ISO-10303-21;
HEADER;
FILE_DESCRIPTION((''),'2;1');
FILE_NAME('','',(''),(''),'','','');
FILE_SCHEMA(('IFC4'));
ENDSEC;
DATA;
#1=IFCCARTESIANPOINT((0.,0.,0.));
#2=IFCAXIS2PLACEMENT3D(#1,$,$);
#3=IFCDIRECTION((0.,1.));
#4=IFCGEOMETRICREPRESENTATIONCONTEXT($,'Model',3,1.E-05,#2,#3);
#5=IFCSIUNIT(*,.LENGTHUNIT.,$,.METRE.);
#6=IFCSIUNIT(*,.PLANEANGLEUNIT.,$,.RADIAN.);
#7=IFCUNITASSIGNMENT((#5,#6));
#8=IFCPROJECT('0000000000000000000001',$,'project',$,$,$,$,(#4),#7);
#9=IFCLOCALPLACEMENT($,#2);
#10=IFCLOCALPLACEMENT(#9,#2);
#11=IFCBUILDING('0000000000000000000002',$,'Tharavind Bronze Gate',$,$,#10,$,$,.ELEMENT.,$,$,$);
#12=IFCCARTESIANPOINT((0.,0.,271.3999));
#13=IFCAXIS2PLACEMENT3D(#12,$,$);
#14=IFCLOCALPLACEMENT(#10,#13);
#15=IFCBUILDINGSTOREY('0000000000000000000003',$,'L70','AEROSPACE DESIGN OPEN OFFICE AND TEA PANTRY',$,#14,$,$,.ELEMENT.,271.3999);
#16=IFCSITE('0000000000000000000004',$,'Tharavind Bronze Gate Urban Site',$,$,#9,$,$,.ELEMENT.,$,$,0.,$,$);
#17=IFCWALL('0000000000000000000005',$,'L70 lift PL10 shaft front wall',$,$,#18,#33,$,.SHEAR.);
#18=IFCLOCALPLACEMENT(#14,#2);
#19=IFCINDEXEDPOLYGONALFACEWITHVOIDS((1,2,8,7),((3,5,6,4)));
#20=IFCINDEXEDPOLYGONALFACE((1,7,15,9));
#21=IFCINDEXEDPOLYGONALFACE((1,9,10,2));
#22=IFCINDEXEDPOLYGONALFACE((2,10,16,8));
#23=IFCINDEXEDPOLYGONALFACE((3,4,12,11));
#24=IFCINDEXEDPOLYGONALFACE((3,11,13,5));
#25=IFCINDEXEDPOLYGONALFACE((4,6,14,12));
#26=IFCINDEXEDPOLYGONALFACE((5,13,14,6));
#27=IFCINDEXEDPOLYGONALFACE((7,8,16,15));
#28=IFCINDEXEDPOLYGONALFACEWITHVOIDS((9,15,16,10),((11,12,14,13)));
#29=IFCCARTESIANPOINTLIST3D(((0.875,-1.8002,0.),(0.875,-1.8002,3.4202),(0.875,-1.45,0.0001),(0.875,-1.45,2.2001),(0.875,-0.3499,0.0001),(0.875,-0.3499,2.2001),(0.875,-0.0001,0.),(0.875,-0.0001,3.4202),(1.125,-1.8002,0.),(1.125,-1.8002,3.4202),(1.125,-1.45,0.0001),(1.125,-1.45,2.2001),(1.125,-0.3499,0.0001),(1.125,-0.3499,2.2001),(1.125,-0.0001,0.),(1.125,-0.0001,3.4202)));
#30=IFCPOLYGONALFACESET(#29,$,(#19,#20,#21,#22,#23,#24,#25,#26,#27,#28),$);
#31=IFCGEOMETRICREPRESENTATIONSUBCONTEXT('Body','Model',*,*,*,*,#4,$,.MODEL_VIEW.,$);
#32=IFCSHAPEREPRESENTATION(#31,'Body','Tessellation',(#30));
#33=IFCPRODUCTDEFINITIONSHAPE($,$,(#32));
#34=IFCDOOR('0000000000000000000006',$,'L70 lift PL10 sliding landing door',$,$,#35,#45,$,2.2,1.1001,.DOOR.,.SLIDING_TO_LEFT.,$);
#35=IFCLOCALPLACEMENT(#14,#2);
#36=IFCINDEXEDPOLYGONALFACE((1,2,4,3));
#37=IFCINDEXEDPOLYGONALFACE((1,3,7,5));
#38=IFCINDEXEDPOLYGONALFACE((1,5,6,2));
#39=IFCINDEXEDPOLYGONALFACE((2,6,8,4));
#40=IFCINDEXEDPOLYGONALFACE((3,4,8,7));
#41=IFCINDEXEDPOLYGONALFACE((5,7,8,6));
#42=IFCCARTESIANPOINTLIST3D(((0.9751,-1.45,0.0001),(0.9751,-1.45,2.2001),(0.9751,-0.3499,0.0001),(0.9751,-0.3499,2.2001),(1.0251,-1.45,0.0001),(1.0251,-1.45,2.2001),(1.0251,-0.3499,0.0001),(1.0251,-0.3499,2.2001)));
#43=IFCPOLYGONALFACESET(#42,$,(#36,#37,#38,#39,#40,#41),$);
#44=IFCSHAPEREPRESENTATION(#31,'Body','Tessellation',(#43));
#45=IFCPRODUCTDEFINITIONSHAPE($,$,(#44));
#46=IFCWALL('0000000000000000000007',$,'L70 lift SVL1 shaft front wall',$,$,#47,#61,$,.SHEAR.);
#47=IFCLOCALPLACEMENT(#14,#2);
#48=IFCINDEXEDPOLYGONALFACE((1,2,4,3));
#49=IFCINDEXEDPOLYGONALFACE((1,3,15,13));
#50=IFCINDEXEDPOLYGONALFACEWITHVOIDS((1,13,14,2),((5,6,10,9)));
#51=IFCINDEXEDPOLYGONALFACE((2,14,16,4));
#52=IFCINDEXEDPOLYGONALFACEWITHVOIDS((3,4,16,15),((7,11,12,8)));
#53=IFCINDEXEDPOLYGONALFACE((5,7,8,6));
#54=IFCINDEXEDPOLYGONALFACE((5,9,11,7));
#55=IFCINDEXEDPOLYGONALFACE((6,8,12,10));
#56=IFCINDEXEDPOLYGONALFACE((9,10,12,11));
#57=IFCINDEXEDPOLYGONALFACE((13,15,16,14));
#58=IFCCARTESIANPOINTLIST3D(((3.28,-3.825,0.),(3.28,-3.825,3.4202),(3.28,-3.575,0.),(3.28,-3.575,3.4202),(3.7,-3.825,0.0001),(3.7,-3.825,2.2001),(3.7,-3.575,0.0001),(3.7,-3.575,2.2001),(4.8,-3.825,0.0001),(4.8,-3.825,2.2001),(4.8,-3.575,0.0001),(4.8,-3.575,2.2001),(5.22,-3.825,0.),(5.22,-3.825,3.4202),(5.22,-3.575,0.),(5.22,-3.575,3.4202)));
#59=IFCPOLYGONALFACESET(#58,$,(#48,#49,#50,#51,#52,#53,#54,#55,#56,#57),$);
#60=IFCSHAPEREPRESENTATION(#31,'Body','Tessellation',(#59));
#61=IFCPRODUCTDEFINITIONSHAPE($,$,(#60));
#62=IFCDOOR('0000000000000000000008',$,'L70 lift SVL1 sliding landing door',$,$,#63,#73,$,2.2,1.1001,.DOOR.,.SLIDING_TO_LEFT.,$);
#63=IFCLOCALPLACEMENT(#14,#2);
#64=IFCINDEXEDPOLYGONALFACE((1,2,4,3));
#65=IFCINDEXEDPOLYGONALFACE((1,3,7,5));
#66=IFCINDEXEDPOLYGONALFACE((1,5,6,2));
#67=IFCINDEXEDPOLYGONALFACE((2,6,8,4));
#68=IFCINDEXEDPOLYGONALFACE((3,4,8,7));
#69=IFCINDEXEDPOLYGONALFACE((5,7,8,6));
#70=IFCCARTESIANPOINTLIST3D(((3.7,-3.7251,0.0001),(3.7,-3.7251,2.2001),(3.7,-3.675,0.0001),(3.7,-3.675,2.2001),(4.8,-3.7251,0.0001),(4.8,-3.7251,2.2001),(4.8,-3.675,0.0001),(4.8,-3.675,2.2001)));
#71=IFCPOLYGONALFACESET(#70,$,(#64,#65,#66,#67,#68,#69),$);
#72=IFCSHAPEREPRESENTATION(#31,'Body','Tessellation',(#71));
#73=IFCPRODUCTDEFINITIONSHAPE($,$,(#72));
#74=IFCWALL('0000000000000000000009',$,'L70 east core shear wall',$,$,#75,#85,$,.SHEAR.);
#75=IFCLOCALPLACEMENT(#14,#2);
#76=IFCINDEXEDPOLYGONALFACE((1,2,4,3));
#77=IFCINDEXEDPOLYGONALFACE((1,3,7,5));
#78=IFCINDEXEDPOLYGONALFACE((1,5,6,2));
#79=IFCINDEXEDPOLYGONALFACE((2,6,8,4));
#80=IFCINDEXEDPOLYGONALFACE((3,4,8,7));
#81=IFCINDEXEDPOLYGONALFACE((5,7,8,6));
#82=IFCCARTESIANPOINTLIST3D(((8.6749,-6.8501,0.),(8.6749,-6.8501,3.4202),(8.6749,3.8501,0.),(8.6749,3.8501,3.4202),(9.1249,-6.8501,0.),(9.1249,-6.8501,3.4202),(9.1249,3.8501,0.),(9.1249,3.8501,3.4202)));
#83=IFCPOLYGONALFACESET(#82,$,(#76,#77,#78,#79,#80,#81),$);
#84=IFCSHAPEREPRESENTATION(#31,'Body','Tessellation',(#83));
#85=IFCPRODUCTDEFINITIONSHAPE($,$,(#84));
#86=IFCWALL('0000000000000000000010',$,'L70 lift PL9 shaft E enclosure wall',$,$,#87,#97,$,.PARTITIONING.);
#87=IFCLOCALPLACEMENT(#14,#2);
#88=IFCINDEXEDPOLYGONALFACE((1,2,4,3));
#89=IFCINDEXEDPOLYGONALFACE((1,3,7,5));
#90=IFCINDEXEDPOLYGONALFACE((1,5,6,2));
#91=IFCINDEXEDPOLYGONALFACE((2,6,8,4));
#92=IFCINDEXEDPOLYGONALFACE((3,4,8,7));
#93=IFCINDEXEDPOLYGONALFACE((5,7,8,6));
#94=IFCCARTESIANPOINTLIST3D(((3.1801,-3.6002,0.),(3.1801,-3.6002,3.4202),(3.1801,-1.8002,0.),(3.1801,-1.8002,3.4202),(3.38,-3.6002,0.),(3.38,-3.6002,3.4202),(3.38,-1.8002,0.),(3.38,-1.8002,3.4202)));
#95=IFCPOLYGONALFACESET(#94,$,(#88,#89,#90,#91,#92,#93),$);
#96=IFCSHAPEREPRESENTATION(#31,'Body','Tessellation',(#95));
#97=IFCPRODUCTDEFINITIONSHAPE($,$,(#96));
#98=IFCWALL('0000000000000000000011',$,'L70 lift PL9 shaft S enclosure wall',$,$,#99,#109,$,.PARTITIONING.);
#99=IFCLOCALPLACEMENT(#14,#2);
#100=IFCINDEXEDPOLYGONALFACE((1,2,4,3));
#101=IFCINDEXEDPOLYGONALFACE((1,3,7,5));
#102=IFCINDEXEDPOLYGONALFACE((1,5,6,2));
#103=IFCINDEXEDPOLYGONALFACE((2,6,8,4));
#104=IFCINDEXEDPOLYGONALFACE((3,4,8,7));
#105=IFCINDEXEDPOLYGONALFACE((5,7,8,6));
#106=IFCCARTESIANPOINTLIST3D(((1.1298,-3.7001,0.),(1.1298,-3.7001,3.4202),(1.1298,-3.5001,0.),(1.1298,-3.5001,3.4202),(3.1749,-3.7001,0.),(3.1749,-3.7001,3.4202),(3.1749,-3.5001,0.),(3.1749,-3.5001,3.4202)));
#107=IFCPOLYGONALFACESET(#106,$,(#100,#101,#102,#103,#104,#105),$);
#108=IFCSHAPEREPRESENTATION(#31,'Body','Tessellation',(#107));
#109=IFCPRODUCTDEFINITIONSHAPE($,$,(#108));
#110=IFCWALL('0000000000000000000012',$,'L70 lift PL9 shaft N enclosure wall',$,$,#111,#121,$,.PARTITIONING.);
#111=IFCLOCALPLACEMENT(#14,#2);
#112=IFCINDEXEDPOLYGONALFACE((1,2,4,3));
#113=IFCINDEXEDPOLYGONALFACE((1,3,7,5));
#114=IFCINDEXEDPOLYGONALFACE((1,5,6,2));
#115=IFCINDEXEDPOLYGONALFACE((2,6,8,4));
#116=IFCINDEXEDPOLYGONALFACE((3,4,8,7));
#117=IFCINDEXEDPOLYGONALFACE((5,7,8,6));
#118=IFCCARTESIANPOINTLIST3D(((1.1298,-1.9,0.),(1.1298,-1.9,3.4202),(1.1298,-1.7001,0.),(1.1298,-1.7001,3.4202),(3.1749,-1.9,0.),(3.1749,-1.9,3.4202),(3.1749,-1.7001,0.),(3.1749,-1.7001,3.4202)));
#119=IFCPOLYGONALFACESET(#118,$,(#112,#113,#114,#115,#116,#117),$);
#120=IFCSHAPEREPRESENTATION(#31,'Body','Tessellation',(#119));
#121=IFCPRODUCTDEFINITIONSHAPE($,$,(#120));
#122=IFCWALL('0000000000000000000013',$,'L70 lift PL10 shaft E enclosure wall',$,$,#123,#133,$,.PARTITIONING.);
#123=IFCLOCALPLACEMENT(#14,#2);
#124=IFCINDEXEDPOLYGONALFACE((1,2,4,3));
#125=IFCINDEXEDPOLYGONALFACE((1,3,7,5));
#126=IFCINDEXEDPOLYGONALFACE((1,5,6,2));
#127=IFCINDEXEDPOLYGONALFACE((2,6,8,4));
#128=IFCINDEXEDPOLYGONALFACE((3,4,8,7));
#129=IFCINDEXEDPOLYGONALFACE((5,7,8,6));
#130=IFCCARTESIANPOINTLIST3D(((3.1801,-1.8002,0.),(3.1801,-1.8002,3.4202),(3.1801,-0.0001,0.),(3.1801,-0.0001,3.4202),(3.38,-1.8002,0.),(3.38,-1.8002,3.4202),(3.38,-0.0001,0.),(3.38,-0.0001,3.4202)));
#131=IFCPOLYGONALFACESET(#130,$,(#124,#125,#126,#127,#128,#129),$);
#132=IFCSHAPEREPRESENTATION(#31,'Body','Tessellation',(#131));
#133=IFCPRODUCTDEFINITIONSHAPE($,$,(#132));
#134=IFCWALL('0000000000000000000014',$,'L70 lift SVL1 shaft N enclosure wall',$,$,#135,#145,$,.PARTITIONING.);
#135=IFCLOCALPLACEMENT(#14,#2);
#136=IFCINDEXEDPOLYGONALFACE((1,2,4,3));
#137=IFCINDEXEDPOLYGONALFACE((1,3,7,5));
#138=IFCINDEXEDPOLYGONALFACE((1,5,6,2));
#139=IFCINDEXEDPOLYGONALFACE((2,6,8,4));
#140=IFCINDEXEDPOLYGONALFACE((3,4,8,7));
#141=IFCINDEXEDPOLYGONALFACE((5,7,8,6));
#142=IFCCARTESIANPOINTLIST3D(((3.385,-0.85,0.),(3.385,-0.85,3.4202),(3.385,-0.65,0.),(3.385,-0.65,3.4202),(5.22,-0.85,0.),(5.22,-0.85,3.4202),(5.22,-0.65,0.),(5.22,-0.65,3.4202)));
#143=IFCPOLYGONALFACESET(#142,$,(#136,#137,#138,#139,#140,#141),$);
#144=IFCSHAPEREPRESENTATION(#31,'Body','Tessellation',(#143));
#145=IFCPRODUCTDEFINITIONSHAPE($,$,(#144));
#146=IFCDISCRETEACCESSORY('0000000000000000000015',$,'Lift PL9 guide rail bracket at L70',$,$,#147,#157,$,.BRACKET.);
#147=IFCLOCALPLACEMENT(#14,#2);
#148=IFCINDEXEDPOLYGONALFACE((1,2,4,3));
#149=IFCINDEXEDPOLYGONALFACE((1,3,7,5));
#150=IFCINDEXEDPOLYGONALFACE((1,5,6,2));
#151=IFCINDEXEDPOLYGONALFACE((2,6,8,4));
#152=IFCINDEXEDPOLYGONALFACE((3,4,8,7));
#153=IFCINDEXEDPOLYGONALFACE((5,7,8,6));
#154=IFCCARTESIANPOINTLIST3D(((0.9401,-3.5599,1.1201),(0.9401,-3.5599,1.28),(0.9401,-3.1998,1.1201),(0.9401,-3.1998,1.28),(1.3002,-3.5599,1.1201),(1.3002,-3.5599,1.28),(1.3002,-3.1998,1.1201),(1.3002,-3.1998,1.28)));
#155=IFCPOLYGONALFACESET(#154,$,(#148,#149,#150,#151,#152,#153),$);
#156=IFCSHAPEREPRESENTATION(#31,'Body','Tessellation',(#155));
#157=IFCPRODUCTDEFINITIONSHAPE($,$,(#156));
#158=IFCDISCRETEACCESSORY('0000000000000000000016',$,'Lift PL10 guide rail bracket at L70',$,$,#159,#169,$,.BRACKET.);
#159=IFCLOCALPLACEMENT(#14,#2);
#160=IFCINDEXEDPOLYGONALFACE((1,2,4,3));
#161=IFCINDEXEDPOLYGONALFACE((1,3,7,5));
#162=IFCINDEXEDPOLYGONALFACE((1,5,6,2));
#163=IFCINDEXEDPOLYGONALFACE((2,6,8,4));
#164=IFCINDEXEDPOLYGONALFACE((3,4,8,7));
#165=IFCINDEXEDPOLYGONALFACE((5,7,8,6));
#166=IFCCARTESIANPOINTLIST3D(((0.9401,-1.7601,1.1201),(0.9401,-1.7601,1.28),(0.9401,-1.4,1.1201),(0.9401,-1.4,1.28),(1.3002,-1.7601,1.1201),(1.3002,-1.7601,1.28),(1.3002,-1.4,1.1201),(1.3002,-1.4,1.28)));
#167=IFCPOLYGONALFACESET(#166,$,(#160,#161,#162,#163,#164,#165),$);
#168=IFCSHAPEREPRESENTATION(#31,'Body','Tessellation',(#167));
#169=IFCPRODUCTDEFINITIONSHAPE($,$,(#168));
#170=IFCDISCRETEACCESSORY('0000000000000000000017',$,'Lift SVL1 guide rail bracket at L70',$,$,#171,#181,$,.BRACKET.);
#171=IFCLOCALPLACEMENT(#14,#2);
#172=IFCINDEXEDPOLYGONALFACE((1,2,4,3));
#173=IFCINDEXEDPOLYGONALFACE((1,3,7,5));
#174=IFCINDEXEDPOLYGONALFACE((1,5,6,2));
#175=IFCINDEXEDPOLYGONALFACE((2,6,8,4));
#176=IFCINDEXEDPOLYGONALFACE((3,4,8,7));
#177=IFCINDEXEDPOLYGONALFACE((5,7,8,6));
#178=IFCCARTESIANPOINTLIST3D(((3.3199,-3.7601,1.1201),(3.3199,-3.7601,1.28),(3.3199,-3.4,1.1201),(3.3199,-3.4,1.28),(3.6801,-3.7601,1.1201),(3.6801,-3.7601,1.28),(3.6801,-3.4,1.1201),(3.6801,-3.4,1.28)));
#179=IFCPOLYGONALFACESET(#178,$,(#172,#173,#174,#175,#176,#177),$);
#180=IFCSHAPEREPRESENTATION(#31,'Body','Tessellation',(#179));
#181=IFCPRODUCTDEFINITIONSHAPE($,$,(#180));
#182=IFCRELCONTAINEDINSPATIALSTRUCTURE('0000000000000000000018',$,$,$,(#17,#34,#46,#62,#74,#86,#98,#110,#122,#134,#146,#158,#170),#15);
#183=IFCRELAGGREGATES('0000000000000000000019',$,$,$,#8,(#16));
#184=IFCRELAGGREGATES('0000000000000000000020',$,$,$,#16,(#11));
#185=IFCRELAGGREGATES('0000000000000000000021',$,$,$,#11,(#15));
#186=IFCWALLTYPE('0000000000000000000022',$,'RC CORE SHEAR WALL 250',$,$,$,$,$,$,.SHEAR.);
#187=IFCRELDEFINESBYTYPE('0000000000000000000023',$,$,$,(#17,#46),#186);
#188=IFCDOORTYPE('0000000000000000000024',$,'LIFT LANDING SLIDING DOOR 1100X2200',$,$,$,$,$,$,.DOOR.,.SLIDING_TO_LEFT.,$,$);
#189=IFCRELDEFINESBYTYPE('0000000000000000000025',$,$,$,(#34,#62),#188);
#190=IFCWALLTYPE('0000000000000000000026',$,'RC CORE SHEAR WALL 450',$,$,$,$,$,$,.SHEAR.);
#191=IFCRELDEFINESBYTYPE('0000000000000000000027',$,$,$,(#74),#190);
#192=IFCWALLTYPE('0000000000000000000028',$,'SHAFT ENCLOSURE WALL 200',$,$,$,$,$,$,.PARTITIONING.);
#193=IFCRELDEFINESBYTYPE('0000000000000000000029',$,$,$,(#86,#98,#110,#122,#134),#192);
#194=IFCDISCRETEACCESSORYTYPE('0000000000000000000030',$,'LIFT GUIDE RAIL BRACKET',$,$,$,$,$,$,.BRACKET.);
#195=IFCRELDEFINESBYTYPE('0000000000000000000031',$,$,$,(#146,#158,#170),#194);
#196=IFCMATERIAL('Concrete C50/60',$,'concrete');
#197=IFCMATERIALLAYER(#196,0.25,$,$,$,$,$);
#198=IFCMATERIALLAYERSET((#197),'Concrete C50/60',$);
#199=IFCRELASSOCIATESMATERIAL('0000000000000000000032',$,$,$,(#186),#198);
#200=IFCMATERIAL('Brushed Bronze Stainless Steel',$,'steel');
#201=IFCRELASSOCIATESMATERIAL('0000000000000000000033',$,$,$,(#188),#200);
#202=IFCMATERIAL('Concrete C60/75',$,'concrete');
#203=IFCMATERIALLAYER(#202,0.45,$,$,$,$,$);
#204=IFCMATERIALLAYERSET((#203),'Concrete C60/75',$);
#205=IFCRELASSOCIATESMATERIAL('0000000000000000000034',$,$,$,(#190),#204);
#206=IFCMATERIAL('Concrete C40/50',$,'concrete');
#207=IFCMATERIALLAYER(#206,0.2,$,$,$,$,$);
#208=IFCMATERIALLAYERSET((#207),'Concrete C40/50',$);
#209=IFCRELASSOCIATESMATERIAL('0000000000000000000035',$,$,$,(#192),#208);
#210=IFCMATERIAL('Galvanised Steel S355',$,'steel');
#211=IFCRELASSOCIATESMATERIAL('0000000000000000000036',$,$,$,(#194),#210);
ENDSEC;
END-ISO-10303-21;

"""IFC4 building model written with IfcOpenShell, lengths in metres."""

from ifc_helpers import new_model, si_unit, direction, frame, frame_2d, origin, origin_2d, place, context, subcontext, project, spatial, rectangle, extrude, material, layer, layer_set, type_object, element, fill, save


model = new_model("IFC4")

# Units and contexts
model_context = context("Model", 3, precision=1e-05, world=origin(), true_north=direction((0.0, 1.0)))
body_context = subcontext(model_context, "Body", "Model", "MODEL_VIEW")
ifc_project = project(units=[si_unit("LENGTHUNIT", "METRE"), si_unit("PLANEANGLEUNIT", "RADIAN")], contexts=[model_context])

# Site, building, storey
site_placement = place(None, origin())
site = spatial("IfcSite", under=ifc_project, at=site_placement, Name="Tharavind Bronze Gate Urban Site", CompositionType="ELEMENT", RefElevation=0.0)
building_placement = place(site_placement, origin())
building = spatial("IfcBuilding", under=site, at=building_placement, Name="Tharavind Bronze Gate", CompositionType="ELEMENT")
storey_placement = place(building_placement, frame((0.0, 0.0, 271.3999)))
storey = spatial("IfcBuildingStorey", under=building, at=storey_placement, Name="L70", Description="AEROSPACE DESIGN OPEN OFFICE AND TEA PANTRY", CompositionType="ELEMENT", Elevation=271.3999)

# Shared definitions
ifc_material_1 = material(Name="Concrete C50/60", Category="concrete")

# Shared definitions
ifc_layer_1 = layer(ifc_material_1, 0.25)
ifc_layer_set_1 = layer_set([ifc_layer_1], Name="Concrete C50/60")
wall_type_1 = type_object("IfcWallType", Name="RC CORE SHEAR WALL 250", PredefinedType="SHEAR", material=ifc_layer_set_1)

# Walls, openings, doors
ifc_material_2 = material(Name="Brushed Bronze Stainless Steel", Category="steel")
door_type = type_object("IfcDoorType", Name="LIFT LANDING SLIDING DOOR 1100X2200", OperationType="SLIDING_TO_LEFT", PredefinedType="DOOR", material=ifc_material_2)
wall_1_placement = place(storey_placement, frame((1.0, -1.8, 0.0), z_axis=(0.0, 0.0, 1.0), x_axis=(0.0, 1.0, 0.0)))
wall_1 = element("IfcWall", 1, at=wall_1_placement, inside=storey, type_object=wall_type_1, Name="L70 lift PL10 shaft front wall", PredefinedType="SHEAR", context=body_context, shape_type="SweptSolid", body=[
    extrude(rectangle(XDim=1.8, YDim=0.25, at=frame_2d((0.8999, 0.0))), origin(), (0.0, 0.0, 1.0), 3.4202),
])
opening_1_placement = place(wall_1_placement, frame((0.3501, 0.0, 0.0)))
opening_1 = element("IfcOpeningElement", 2, at=opening_1_placement, cuts=wall_1, PredefinedType="OPENING", context=body_context, shape_type="SweptSolid", body=[
    extrude(rectangle(XDim=1.1001, YDim=2.2, at=frame_2d((0.55, 1.1001))), frame((0.0, 0.135, 0.0), z_axis=(0.0, -1.0, 0.0), x_axis=(1.0, 0.0, 0.0)), (0.0, 0.0, 1.0), 0.27),
])
door_1_placement = place(opening_1_placement, origin())
door_1 = element("IfcDoor", 3, at=door_1_placement, inside=storey, type_object=door_type, Name="L70 lift PL10 sliding landing door", OperationType="SLIDING_TO_LEFT", OverallHeight=2.2, OverallWidth=1.1001, PredefinedType="DOOR", context=body_context, shape_type="SweptSolid", body=[
    extrude(rectangle(XDim=1.1001, YDim=2.2, at=frame_2d((0.55, 1.1001))), frame((0.0, 0.0249, 0.0), z_axis=(0.0, -1.0, 0.0), x_axis=(1.0, 0.0, 0.0)), (0.0, 0.0, 1.0), 0.05),
])
fill(opening_1, door_1)
wall_2_placement = place(storey_placement, frame((3.28, -3.7, 0.0), z_axis=(0.0, 0.0, 1.0), x_axis=(1.0, 0.0, 0.0)))
wall_2 = element("IfcWall", 4, at=wall_2_placement, inside=storey, type_object=wall_type_1, Name="L70 lift SVL1 shaft front wall", PredefinedType="SHEAR", context=body_context, shape_type="SweptSolid", body=[
    extrude(rectangle(XDim=1.9399, YDim=0.25, at=frame_2d((0.97, 0.0))), origin(), (0.0, 0.0, 1.0), 3.4202),
])
opening_2_placement = place(wall_2_placement, frame((0.4199, 0.0, 0.0)))
opening_2 = element("IfcOpeningElement", 5, at=opening_2_placement, cuts=wall_2, PredefinedType="OPENING", context=body_context, shape_type="SweptSolid", body=[
    extrude(rectangle(XDim=1.1001, YDim=2.2, at=frame_2d((0.55, 1.1001))), frame((0.0, 0.135, 0.0), z_axis=(0.0, -1.0, 0.0), x_axis=(1.0, 0.0, 0.0)), (0.0, 0.0, 1.0), 0.27),
])
door_2_placement = place(opening_2_placement, origin())
door_2 = element("IfcDoor", 6, at=door_2_placement, inside=storey, type_object=door_type, Name="L70 lift SVL1 sliding landing door", OperationType="SLIDING_TO_LEFT", OverallHeight=2.2, OverallWidth=1.1001, PredefinedType="DOOR", context=body_context, shape_type="SweptSolid", body=[
    extrude(rectangle(XDim=1.1001, YDim=2.2, at=frame_2d((0.55, 1.1001))), frame((0.0, 0.0249, 0.0), z_axis=(0.0, -1.0, 0.0), x_axis=(1.0, 0.0, 0.0)), (0.0, 0.0, 1.0), 0.05),
])
fill(opening_2, door_2)

# Walls
ifc_material_3 = material(Name="Concrete C60/75", Category="concrete")
ifc_layer_2 = layer(ifc_material_3, 0.45)
ifc_layer_set_2 = layer_set([ifc_layer_2], Name="Concrete C60/75")
wall_type_2 = type_object("IfcWallType", Name="RC CORE SHEAR WALL 450", PredefinedType="SHEAR", material=ifc_layer_set_2)
wall_3_placement = place(storey_placement, frame((8.8999, -6.8501, 0.0), z_axis=(0.0, 0.0, 1.0), x_axis=(0.0, 1.0, 0.0)))
element("IfcWall", 7, at=wall_3_placement, inside=storey, type_object=wall_type_2, Name="L70 east core shear wall", PredefinedType="SHEAR", context=body_context, shape_type="SweptSolid", body=[
    extrude(rectangle(XDim=10.7002, YDim=0.45, at=frame_2d((5.3501, 0.0))), origin(), (0.0, 0.0, 1.0), 3.4202),
])
ifc_material_4 = material(Name="Concrete C40/50", Category="concrete")
ifc_layer_3 = layer(ifc_material_4, 0.2)
ifc_layer_set_3 = layer_set([ifc_layer_3], Name="Concrete C40/50")
wall_type_3 = type_object("IfcWallType", Name="SHAFT ENCLOSURE WALL 200", PredefinedType="PARTITIONING", material=ifc_layer_set_3)
wall_4_placement = place(storey_placement, frame((3.28, -3.6001, 0.0), z_axis=(0.0, 0.0, 1.0), x_axis=(0.0, 1.0, 0.0)))
element("IfcWall", 8, at=wall_4_placement, inside=storey, type_object=wall_type_3, Name="L70 lift PL9 shaft E enclosure wall", PredefinedType="PARTITIONING", context=body_context, shape_type="SweptSolid", body=[
    extrude(rectangle(XDim=1.8, YDim=0.2, at=frame_2d((0.8999, 0.0))), origin(), (0.0, 0.0, 1.0), 3.4202),
])
for number, where, z_axis, x_axis, name in (
    (9, (1.1299, -3.6001, 0.0), (0.0, 0.0, 1.0), (1.0, 0.0, 0.0), "L70 lift PL9 shaft S enclosure wall"),
    (10, (1.1299, -1.8, 0.0), (0.0, 0.0, 1.0), (1.0, 0.0, 0.0), "L70 lift PL9 shaft N enclosure wall"),
):
    element("IfcWall", number, at=place(storey_placement, frame(where, z_axis=z_axis, x_axis=x_axis)), inside=storey, type_object=wall_type_3, Name=name, PredefinedType="PARTITIONING", context=body_context, shape_type="SweptSolid", body=[
        extrude(rectangle(XDim=2.0452, YDim=0.2, at=frame_2d((1.0225, 0.0))), origin(), (0.0, 0.0, 1.0), 3.4202),
    ])
wall_5_placement = place(storey_placement, frame((3.28, -1.8, 0.0), z_axis=(0.0, 0.0, 1.0), x_axis=(0.0, 1.0, 0.0)))
element("IfcWall", 11, at=wall_5_placement, inside=storey, type_object=wall_type_3, Name="L70 lift PL10 shaft E enclosure wall", PredefinedType="PARTITIONING", context=body_context, shape_type="SweptSolid", body=[
    extrude(rectangle(XDim=1.8, YDim=0.2, at=frame_2d((0.8999, 0.0))), origin(), (0.0, 0.0, 1.0), 3.4202),
])
wall_6_placement = place(storey_placement, frame((3.385, -0.75, 0.0), z_axis=(0.0, 0.0, 1.0), x_axis=(1.0, 0.0, 0.0)))
element("IfcWall", 12, at=wall_6_placement, inside=storey, type_object=wall_type_3, Name="L70 lift SVL1 shaft N enclosure wall", PredefinedType="PARTITIONING", context=body_context, shape_type="SweptSolid", body=[
    extrude(rectangle(XDim=1.835, YDim=0.2, at=frame_2d((0.9175, 0.0))), origin(), (0.0, 0.0, 1.0), 3.4202),
])

# Discrete accessories
ifc_material_5 = material(Name="Galvanised Steel S355", Category="steel")
discrete_accessory_type = type_object("IfcDiscreteAccessoryType", Name="LIFT GUIDE RAIL BRACKET", PredefinedType="BRACKET", material=ifc_material_5)
for number, where, z_axis, x_axis, name in (
    (13, (1.1201, -3.3799, 1.1201), (0.0, 0.0, 1.0), (1.0, 0.0, 0.0), "Lift PL9 guide rail bracket at L70"),
    (14, (1.1201, -1.5801, 1.1201), (0.0, 0.0, 1.0), (1.0, 0.0, 0.0), "Lift PL10 guide rail bracket at L70"),
    (15, (3.5, -3.5801, 1.1201), (0.0, 0.0, 1.0), (1.0, 0.0, 0.0), "Lift SVL1 guide rail bracket at L70"),
):
    element("IfcDiscreteAccessory", number, at=place(storey_placement, frame(where, z_axis=z_axis, x_axis=x_axis)), inside=storey, type_object=discrete_accessory_type, Name=name, PredefinedType="BRACKET", context=body_context, shape_type="SweptSolid", body=[
        extrude(rectangle(XDim=0.3601, YDim=0.3601, at=origin_2d()), origin(), (0.0, 0.0, 1.0), 0.1599),
    ])

save(model, "model.ifc")
